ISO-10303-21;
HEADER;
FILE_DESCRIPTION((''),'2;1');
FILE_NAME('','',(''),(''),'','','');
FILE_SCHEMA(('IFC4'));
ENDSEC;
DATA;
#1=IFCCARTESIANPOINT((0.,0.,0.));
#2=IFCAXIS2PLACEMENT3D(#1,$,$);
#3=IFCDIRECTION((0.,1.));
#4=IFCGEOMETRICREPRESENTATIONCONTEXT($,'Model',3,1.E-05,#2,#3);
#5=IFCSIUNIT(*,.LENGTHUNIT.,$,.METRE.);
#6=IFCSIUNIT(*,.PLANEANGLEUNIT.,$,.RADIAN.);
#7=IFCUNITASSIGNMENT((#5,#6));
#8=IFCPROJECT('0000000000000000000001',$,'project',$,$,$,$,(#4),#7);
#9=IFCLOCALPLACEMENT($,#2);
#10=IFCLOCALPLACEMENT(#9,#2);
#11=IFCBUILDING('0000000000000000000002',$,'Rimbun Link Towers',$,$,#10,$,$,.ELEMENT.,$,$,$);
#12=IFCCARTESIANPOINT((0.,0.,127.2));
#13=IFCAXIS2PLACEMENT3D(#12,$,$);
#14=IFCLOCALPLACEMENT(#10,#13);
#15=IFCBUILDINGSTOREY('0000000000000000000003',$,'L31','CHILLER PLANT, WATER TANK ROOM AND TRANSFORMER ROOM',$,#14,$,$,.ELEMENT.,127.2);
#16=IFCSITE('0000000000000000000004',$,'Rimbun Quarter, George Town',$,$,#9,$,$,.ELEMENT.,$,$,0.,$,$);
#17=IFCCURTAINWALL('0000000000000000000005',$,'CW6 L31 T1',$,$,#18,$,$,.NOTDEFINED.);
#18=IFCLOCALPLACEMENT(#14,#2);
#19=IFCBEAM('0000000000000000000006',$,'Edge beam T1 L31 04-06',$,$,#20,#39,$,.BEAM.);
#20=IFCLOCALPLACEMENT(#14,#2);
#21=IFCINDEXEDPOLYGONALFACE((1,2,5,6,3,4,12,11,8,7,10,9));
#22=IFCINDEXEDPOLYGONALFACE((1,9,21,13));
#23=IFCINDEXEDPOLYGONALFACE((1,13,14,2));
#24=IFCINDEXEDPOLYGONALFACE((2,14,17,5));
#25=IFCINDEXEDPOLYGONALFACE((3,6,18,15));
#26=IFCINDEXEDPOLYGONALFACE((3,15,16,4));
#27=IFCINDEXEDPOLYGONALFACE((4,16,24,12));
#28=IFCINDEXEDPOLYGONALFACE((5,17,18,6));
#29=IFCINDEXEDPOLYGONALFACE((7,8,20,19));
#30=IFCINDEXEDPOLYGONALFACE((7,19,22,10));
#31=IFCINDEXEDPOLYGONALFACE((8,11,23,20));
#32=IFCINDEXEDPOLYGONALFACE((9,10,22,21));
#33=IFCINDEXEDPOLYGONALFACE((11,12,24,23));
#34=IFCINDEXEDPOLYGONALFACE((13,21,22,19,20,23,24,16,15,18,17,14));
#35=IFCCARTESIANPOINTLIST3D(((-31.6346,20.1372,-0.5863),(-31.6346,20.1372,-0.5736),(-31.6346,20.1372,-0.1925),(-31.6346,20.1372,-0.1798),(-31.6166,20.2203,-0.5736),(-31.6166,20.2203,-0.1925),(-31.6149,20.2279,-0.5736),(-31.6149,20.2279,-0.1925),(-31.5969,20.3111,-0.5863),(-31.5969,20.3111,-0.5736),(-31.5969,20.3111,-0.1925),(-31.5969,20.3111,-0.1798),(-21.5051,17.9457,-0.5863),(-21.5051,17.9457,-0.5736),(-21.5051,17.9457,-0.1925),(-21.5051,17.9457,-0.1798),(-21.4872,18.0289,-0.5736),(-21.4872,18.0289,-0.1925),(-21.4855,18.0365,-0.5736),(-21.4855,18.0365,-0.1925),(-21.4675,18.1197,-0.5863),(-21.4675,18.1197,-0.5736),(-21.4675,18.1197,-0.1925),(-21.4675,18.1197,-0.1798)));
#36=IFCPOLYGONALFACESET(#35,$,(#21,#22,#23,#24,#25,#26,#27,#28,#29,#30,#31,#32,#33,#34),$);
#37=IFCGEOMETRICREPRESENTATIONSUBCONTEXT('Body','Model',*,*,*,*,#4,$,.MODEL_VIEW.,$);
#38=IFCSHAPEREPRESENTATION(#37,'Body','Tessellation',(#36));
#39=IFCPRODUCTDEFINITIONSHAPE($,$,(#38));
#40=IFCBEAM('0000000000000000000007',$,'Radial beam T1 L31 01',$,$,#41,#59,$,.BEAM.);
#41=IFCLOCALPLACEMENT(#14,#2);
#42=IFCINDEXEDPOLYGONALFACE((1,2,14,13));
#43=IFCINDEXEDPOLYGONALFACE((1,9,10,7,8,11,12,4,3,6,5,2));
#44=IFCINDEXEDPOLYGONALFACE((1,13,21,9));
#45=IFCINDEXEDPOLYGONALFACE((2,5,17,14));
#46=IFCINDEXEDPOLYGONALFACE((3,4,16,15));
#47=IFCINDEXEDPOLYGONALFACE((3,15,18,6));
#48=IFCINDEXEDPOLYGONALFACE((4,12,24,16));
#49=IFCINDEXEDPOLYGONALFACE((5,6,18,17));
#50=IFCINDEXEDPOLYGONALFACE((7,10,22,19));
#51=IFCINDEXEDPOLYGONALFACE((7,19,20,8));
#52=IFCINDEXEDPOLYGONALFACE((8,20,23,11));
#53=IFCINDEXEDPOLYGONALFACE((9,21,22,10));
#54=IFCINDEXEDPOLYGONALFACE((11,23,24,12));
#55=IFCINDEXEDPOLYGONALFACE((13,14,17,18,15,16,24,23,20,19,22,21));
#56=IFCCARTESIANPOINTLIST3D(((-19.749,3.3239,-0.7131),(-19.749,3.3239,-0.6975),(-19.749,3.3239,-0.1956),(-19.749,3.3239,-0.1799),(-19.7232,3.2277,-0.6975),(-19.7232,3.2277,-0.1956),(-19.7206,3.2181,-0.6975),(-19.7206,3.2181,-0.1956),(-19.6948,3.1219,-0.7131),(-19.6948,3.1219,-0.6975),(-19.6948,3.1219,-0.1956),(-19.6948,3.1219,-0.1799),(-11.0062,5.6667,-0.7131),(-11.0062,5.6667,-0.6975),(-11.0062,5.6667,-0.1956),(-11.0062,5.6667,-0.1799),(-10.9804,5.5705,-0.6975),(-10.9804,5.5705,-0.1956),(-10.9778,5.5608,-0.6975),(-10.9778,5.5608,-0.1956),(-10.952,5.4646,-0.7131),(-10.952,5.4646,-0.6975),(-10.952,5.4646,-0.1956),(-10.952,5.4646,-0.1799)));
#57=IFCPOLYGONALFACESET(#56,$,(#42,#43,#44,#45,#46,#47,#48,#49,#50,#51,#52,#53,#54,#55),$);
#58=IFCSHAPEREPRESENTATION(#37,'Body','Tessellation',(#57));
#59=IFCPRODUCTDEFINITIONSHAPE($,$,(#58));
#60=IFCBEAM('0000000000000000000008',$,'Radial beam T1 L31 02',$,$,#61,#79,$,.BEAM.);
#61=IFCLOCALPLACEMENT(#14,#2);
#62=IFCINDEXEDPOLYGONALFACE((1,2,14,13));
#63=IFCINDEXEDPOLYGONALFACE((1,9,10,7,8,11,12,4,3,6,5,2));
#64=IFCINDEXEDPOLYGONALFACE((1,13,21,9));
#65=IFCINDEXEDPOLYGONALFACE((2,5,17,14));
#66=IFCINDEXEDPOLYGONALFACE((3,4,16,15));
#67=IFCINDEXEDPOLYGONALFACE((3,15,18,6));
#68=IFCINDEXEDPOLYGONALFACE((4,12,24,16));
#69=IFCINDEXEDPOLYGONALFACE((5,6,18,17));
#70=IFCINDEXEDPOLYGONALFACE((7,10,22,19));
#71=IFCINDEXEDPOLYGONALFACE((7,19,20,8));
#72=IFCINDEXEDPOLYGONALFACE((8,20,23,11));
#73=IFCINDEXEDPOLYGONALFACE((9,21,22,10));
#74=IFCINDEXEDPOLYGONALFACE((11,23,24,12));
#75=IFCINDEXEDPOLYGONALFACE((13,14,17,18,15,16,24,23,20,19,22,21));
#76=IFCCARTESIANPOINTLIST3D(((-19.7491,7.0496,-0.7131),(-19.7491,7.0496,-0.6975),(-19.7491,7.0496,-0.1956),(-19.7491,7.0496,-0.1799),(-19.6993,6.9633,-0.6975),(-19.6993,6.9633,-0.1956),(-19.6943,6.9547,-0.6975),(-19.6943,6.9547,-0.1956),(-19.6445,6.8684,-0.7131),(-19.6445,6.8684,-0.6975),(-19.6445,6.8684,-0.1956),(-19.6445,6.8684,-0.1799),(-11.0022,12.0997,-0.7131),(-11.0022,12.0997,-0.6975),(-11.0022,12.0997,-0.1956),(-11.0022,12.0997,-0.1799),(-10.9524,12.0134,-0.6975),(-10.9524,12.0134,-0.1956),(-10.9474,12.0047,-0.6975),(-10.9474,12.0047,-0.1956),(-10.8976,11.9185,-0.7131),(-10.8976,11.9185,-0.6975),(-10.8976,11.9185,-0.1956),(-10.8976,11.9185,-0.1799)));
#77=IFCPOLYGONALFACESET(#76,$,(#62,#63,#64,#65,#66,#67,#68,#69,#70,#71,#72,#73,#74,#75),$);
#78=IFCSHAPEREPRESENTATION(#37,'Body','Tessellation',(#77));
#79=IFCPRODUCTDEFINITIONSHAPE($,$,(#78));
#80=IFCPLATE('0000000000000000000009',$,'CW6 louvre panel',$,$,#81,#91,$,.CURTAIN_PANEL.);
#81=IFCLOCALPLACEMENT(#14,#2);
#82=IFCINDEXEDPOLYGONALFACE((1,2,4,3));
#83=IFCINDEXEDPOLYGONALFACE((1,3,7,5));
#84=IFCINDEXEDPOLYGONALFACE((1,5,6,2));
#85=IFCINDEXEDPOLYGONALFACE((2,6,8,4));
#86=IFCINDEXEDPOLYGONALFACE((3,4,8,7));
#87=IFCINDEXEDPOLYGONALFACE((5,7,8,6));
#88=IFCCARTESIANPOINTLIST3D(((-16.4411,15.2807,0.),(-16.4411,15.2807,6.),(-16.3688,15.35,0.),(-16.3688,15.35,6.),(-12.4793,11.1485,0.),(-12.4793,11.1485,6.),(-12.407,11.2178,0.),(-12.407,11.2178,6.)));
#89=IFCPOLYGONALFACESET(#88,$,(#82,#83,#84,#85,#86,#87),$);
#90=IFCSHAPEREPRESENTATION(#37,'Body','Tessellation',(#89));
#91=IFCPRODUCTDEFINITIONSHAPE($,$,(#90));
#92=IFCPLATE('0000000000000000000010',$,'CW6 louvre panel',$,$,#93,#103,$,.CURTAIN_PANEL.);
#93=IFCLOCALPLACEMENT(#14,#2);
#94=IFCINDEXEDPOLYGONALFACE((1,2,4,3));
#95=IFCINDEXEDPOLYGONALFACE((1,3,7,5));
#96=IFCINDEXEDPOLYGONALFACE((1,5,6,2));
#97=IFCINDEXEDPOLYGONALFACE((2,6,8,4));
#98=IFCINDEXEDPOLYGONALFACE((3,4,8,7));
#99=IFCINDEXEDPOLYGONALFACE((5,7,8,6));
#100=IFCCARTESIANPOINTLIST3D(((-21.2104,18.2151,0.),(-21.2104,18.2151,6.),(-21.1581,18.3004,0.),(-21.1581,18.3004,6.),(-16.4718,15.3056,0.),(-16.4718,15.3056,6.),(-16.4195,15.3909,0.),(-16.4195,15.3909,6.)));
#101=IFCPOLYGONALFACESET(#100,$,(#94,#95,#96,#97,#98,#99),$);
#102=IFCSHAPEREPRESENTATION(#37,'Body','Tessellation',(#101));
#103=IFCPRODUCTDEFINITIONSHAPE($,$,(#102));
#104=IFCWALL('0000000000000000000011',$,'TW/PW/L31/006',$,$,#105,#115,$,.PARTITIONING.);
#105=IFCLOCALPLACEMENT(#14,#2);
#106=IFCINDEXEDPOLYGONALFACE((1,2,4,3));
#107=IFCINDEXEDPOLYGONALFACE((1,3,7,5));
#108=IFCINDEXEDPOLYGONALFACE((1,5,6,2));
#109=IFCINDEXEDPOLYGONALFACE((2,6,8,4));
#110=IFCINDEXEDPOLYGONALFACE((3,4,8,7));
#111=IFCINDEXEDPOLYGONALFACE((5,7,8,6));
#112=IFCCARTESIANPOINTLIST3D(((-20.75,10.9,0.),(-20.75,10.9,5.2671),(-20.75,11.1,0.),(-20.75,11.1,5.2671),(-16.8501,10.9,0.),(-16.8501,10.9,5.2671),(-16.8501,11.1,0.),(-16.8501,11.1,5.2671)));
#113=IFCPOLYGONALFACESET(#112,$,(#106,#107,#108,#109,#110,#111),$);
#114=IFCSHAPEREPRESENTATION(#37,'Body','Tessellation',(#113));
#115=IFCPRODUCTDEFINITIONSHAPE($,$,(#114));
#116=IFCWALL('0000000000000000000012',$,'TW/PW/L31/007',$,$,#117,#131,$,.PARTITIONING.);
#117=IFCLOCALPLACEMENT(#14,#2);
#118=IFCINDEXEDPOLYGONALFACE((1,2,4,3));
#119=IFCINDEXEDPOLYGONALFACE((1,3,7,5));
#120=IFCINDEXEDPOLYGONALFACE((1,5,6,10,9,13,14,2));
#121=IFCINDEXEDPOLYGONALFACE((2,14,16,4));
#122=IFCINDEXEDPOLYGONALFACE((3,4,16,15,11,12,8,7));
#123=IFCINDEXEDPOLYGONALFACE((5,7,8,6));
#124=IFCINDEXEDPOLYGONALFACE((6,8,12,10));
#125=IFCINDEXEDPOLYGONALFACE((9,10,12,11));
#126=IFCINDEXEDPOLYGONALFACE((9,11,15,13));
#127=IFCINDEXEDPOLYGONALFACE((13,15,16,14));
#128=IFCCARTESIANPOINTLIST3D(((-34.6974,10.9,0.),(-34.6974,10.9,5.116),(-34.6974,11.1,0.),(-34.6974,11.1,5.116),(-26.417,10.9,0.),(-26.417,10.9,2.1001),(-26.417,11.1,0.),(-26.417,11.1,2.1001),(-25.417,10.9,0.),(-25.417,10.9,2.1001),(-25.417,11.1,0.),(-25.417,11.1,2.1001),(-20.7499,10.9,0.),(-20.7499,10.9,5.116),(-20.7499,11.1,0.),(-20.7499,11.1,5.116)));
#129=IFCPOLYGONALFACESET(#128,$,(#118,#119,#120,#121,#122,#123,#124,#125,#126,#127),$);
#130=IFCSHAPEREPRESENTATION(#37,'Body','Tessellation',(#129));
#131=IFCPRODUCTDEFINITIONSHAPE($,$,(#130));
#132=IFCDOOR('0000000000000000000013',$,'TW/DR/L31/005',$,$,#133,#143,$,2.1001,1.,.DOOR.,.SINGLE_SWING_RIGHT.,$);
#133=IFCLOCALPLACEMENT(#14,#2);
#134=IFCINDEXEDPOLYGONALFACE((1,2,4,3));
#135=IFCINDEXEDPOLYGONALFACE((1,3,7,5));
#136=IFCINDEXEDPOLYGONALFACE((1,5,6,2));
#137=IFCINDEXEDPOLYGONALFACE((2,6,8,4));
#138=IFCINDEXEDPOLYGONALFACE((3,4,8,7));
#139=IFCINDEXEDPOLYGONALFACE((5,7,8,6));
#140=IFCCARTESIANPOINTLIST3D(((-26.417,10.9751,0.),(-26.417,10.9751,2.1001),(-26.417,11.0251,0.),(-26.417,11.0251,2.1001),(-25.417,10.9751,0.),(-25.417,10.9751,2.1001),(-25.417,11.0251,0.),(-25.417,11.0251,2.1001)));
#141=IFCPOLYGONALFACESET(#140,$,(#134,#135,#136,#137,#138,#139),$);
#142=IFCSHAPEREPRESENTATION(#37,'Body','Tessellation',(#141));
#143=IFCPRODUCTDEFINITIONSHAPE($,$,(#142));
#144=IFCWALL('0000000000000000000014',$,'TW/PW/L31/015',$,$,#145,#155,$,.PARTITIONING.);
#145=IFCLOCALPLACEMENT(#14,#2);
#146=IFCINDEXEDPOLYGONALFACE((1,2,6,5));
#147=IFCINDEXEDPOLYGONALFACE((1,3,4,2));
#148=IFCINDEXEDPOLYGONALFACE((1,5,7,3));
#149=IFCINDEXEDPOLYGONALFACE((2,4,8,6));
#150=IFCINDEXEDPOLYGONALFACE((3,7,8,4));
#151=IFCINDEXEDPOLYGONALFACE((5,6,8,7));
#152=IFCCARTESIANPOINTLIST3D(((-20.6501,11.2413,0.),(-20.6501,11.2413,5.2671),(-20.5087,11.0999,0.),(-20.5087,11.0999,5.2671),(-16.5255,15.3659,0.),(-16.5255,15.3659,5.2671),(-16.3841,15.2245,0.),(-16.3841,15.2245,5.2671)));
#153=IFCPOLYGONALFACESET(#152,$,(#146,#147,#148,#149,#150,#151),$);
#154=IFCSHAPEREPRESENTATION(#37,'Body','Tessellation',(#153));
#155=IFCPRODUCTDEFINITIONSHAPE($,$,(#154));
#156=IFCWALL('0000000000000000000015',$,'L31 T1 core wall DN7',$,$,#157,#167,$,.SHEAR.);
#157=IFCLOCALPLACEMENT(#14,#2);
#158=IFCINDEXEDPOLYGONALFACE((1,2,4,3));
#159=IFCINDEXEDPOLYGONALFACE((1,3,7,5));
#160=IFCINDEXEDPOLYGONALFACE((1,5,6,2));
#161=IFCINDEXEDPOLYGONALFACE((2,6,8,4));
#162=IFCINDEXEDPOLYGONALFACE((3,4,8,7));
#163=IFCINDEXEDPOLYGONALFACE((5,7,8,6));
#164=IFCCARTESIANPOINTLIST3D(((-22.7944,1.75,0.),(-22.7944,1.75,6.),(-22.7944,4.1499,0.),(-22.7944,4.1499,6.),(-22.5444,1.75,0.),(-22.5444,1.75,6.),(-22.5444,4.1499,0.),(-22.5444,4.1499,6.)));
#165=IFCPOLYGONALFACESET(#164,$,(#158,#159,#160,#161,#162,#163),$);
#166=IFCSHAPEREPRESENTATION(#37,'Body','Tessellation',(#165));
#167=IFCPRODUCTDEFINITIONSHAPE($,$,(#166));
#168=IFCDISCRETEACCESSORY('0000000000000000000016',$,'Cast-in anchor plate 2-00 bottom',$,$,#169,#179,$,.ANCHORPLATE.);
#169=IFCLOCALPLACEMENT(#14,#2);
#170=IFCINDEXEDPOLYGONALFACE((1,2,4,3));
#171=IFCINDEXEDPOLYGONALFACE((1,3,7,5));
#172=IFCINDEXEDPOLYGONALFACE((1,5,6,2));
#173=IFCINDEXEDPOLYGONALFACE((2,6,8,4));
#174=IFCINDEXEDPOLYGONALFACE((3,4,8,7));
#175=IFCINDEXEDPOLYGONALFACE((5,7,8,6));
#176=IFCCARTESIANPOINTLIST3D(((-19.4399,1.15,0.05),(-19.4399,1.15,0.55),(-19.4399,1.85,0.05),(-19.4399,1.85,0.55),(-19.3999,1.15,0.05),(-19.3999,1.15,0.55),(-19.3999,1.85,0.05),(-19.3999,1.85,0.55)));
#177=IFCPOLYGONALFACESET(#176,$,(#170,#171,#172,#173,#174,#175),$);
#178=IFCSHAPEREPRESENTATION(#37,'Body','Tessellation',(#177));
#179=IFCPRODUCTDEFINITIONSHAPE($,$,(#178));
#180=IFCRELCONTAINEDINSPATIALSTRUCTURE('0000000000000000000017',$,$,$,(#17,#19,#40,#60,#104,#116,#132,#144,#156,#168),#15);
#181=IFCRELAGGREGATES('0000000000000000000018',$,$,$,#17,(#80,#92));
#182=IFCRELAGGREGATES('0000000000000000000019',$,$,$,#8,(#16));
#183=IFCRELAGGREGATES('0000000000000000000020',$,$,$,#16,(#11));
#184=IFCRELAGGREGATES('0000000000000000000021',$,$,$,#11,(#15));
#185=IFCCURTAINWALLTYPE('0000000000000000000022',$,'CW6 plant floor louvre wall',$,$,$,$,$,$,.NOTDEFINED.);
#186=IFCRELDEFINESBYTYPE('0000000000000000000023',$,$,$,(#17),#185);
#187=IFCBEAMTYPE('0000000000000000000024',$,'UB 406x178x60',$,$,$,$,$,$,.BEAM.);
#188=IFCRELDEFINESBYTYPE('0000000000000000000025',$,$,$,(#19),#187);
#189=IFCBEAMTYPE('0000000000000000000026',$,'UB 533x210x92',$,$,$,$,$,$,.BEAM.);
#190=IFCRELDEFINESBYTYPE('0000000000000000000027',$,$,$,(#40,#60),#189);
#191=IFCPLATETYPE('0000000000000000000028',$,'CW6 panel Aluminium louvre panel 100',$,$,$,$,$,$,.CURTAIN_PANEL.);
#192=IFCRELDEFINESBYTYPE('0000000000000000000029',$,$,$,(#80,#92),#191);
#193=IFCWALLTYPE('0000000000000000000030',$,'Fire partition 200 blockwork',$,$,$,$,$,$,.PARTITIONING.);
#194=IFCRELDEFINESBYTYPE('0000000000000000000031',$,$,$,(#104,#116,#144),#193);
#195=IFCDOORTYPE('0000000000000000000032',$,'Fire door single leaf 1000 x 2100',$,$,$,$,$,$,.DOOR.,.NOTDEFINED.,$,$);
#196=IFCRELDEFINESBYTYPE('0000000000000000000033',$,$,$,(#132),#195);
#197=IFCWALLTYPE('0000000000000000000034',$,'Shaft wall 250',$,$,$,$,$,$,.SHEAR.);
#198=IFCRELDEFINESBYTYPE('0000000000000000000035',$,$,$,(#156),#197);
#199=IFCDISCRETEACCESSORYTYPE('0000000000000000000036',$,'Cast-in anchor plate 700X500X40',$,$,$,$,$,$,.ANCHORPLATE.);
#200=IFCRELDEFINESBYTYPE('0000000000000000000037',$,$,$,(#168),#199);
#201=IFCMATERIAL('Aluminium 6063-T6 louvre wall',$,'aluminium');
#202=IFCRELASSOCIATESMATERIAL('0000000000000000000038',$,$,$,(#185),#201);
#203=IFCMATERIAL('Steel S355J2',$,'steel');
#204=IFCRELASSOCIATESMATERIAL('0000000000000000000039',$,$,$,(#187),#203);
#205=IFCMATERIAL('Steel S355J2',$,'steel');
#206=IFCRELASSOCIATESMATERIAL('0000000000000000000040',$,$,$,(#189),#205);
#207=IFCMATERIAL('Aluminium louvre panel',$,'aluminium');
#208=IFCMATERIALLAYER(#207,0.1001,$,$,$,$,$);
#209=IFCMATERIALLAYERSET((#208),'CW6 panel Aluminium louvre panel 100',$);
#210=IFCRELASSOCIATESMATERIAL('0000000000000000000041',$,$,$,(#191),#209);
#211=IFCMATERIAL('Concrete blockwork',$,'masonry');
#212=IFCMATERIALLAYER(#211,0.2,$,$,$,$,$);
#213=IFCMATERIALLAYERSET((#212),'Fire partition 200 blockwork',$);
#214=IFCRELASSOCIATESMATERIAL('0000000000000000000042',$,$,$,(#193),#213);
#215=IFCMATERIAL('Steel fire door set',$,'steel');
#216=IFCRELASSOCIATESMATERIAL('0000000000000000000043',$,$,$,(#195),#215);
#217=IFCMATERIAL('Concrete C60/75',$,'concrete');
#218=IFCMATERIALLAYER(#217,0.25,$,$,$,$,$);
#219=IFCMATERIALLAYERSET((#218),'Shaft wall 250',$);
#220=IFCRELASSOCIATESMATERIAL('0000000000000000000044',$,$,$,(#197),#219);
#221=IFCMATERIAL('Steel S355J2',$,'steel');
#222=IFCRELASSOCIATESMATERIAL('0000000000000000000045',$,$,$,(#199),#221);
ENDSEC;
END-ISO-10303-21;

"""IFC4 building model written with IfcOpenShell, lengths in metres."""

from ifc_helpers import new_model, si_unit, direction, frame, frame_2d, origin, origin_2d, place, context, subcontext, project, spatial, rectangle, i_section, extrude, material, layer, layer_set, material_profile, profile_set, type_object, element, fill, aggregate, save


model = new_model("IFC4")

# Units and contexts
model_context = context("Model", 3, precision=1e-05, world=origin(), true_north=direction((0.0, 1.0)))
body_context = subcontext(model_context, "Body", "Model", "MODEL_VIEW")
ifc_project = project(units=[si_unit("LENGTHUNIT", "METRE"), si_unit("PLANEANGLEUNIT", "RADIAN")], contexts=[model_context])

# Site, building, storey
site_placement = place(None, origin())
site = spatial("IfcSite", under=ifc_project, at=site_placement, Name="Rimbun Quarter, George Town", CompositionType="ELEMENT", RefElevation=0.0)
building_placement = place(site_placement, origin())
building = spatial("IfcBuilding", under=site, at=building_placement, Name="Rimbun Link Towers", CompositionType="ELEMENT")
storey_placement = place(building_placement, frame((0.0, 0.0, 127.2)))
storey = spatial("IfcBuildingStorey", under=building, at=storey_placement, Name="L31", Description="CHILLER PLANT, WATER TANK ROOM AND TRANSFORMER ROOM", CompositionType="ELEMENT", Elevation=127.2)

# Curtain wall
ifc_material_1 = material(Name="Aluminium 6063-T6 louvre wall", Category="aluminium")
curtain_wall_type = type_object("IfcCurtainWallType", Name="CW6 plant floor louvre wall", PredefinedType="NOTDEFINED", material=ifc_material_1)
curtain_wall_placement = place(storey_placement, origin())
curtain_wall = element("IfcCurtainWall", 1, at=curtain_wall_placement, inside=storey, type_object=curtain_wall_type, Name="CW6 L31 T1", PredefinedType="NOTDEFINED")

# Beams
ifc_material_2 = material(Name="Steel S355J2", Category="steel")
ifc_material_profile_1 = material_profile(ifc_material_2, i_section(OverallWidth=0.178, OverallDepth=0.4065, WebThickness=0.0078, FlangeThickness=0.0127, at=origin_2d()), Name="UB 406x178x60")
ifc_profile_set_1 = profile_set([ifc_material_profile_1], Name="Steel S355J2")
beam_type_1 = type_object("IfcBeamType", Name="UB 406x178x60", PredefinedType="BEAM", material=ifc_profile_set_1)
beam_1_placement = place(storey_placement, frame((-21.4863, 18.0327, -0.3831), z_axis=(-0.977389, 0.21145, 0.0), x_axis=(-0.21145, -0.977389, 0.0)))
element("IfcBeam", 2, at=beam_1_placement, inside=storey, type_object=beam_type_1, Name="Edge beam T1 L31 04-06", PredefinedType="BEAM", context=body_context, shape_type="SweptSolid", body=[
    extrude(i_section(OverallWidth=0.178, OverallDepth=0.4065, WebThickness=0.0078, FlangeThickness=0.0127, at=origin_2d()), origin(), (0.0, 0.0, 1.0), 10.3638),
])
ifc_material_3 = material(Name="Steel S355J2", Category="steel")
ifc_material_profile_2 = material_profile(ifc_material_3, i_section(OverallWidth=0.2092, OverallDepth=0.5332, WebThickness=0.01, FlangeThickness=0.0156, at=origin_2d()), Name="UB 533x210x92")
ifc_profile_set_2 = profile_set([ifc_material_profile_2], Name="Steel S355J2")
beam_type_2 = type_object("IfcBeamType", Name="UB 533x210x92", PredefinedType="BEAM", material=ifc_profile_set_2)
beam_2_placement = place(storey_placement, frame((-19.7219, 3.2229, -0.4465), z_axis=(0.965923, 0.258831, 0.0), x_axis=(-0.258831, 0.965923, 0.0)))
element("IfcBeam", 3, at=beam_2_placement, inside=storey, type_object=beam_type_2, Name="Radial beam T1 L31 01", PredefinedType="BEAM", context=body_context, shape_type="SweptSolid", body=[
    extrude(i_section(OverallWidth=0.2092, OverallDepth=0.5332, WebThickness=0.01, FlangeThickness=0.0156, at=origin_2d()), origin(), (0.0, 0.0, 1.0), 9.0513),
])
beam_3_placement = place(storey_placement, frame((-19.6968, 6.959, -0.4465), z_axis=(0.866023, 0.500005, 0.0), x_axis=(-0.500005, 0.866023, 0.0)))
element("IfcBeam", 4, at=beam_3_placement, inside=storey, type_object=beam_type_2, Name="Radial beam T1 L31 02", PredefinedType="BEAM", context=body_context, shape_type="SweptSolid", body=[
    extrude(i_section(OverallWidth=0.2092, OverallDepth=0.5332, WebThickness=0.01, FlangeThickness=0.0156, at=origin_2d()), origin(), (0.0, 0.0, 1.0), 10.1001),
])

# Plates
ifc_material_4 = material(Name="Aluminium louvre panel", Category="aluminium")
ifc_layer_1 = layer(ifc_material_4, 0.1001)
ifc_layer_set_1 = layer_set([ifc_layer_1], Name="CW6 panel Aluminium louvre panel 100")
plate_type = type_object("IfcPlateType", Name="CW6 panel Aluminium louvre panel 100", PredefinedType="CURTAIN_PANEL", material=ifc_layer_set_1)
plate_1_placement = place(storey_placement, frame((-14.4241, 13.2493, 0.0), z_axis=(0.0, 0.0, 1.0), x_axis=(0.692066, -0.721834, 0.0)))
plate_1 = element("IfcPlate", 5, at=plate_1_placement, type_object=plate_type, Name="CW6 louvre panel", PredefinedType="CURTAIN_PANEL", context=body_context, shape_type="SweptSolid", body=[
    extrude(rectangle(XDim=5.7246, YDim=0.1001, at=origin_2d()), origin(), (0.0, 0.0, 1.0), 6.0),
])
plate_2_placement = place(storey_placement, frame((-18.8149, 16.803, 0.0), z_axis=(0.0, 0.0, 1.0), x_axis=(0.852183, -0.523244, 0.0)))
plate_2 = element("IfcPlate", 6, at=plate_2_placement, type_object=plate_type, Name="CW6 louvre panel", PredefinedType="CURTAIN_PANEL", context=body_context, shape_type="SweptSolid", body=[
    extrude(rectangle(XDim=5.5605, YDim=0.1001, at=origin_2d()), origin(), (0.0, 0.0, 1.0), 6.0),
])
aggregate(curtain_wall, [plate_1, plate_2])

# Wall
ifc_material_5 = material(Name="Concrete blockwork", Category="masonry")
ifc_layer_2 = layer(ifc_material_5, 0.2)
ifc_layer_set_2 = layer_set([ifc_layer_2], Name="Fire partition 200 blockwork")
wall_type_1 = type_object("IfcWallType", Name="Fire partition 200 blockwork", PredefinedType="PARTITIONING", material=ifc_layer_set_2)
wall_1_placement = place(storey_placement, frame((-16.8501, 11.0, 0.0), z_axis=(0.0, 0.0, 1.0), x_axis=(-1.0, 0.0, 0.0)))
element("IfcWall", 7, at=wall_1_placement, inside=storey, type_object=wall_type_1, Name="TW/PW/L31/006", PredefinedType="PARTITIONING", context=body_context, shape_type="SweptSolid", body=[
    extrude(rectangle(XDim=3.8999, YDim=0.2, at=frame_2d((1.95, 0.0))), origin(), (0.0, 0.0, 1.0), 5.2671),
])

# Wall, opening, door
wall_2_placement = place(storey_placement, frame((-20.75, 11.0, 0.0), z_axis=(0.0, 0.0, 1.0), x_axis=(-1.0, 0.0, 0.0)))
wall_2 = element("IfcWall", 8, at=wall_2_placement, inside=storey, type_object=wall_type_1, Name="TW/PW/L31/007", PredefinedType="PARTITIONING", context=body_context, shape_type="SweptSolid", body=[
    extrude(rectangle(XDim=13.9475, YDim=0.2, at=frame_2d((6.9736, 0.0))), origin(), (0.0, 0.0, 1.0), 5.116),
])
opening_placement = place(wall_2_placement, frame((4.667, 0.0, 0.0)))
opening = element("IfcOpeningElement", 9, at=opening_placement, cuts=wall_2, PredefinedType="OPENING", context=body_context, shape_type="SweptSolid", body=[
    extrude(rectangle(XDim=1.0, YDim=2.1001, at=frame_2d((0.5, 1.05))), frame((0.0, 0.1099, 0.0), z_axis=(0.0, -1.0, 0.0), x_axis=(1.0, 0.0, 0.0)), (0.0, 0.0, 1.0), 0.22),
])
ifc_material_6 = material(Name="Steel fire door set", Category="steel")
door_type = type_object("IfcDoorType", Name="Fire door single leaf 1000 x 2100", OperationType="NOTDEFINED", PredefinedType="DOOR", material=ifc_material_6)
door_placement = place(opening_placement, origin())
door = element("IfcDoor", 10, at=door_placement, inside=storey, type_object=door_type, Name="TW/DR/L31/005", OperationType="SINGLE_SWING_RIGHT", OverallHeight=2.1001, OverallWidth=1.0, PredefinedType="DOOR", context=body_context, shape_type="SweptSolid", body=[
    extrude(rectangle(XDim=1.0, YDim=2.1001, at=frame_2d((0.5, 1.05))), frame((0.0, 0.0249, 0.0), z_axis=(0.0, -1.0, 0.0), x_axis=(1.0, 0.0, 0.0)), (0.0, 0.0, 1.0), 0.05),
])
fill(opening, door)

# Walls
wall_3_placement = place(storey_placement, frame((-16.4548, 15.2952, 0.0), z_axis=(0.0, 0.0, 1.0), x_axis=(-0.707107, -0.707107, 0.0)))
element("IfcWall", 11, at=wall_3_placement, inside=storey, type_object=wall_type_1, Name="TW/PW/L31/015", PredefinedType="PARTITIONING", context=body_context, shape_type="SweptSolid", body=[
    extrude(rectangle(XDim=5.833, YDim=0.2, at=frame_2d((2.9165, 0.0))), origin(), (0.0, 0.0, 1.0), 5.2671),
])
ifc_material_7 = material(Name="Concrete C60/75", Category="concrete")
ifc_layer_3 = layer(ifc_material_7, 0.25)
ifc_layer_set_3 = layer_set([ifc_layer_3], Name="Shaft wall 250")
wall_type_2 = type_object("IfcWallType", Name="Shaft wall 250", PredefinedType="SHEAR", material=ifc_layer_set_3)
wall_4_placement = place(storey_placement, frame((-22.6694, 1.75, 0.0), z_axis=(0.0, 0.0, 1.0), x_axis=(0.0, 1.0, 0.0)))
element("IfcWall", 12, at=wall_4_placement, inside=storey, type_object=wall_type_2, Name="L31 T1 core wall DN7", PredefinedType="SHEAR", context=body_context, shape_type="SweptSolid", body=[
    extrude(rectangle(XDim=2.3999, YDim=0.25, at=frame_2d((1.2, 0.0))), origin(), (0.0, 0.0, 1.0), 6.0),
])

# Discrete accessory
ifc_material_8 = material(Name="Steel S355J2", Category="steel")
ifc_material_profile_3 = material_profile(ifc_material_8, rectangle(XDim=0.7, YDim=0.5, at=origin_2d()), Name="PL 700x500")
ifc_profile_set_3 = profile_set([ifc_material_profile_3], Name="Steel S355J2")
discrete_accessory_type = type_object("IfcDiscreteAccessoryType", Name="Cast-in anchor plate 700X500X40", PredefinedType="ANCHORPLATE", material=ifc_profile_set_3)
for number, where, z_axis, x_axis, name in (
    (13, (-19.4399, 1.5, 0.3), (1.0, 0.0, 0.0), (0.0, 1.0, 0.0), "Cast-in anchor plate 2-00 bottom"),
):
    element("IfcDiscreteAccessory", number, at=place(storey_placement, frame(where, z_axis=z_axis, x_axis=x_axis)), inside=storey, type_object=discrete_accessory_type, Name=name, PredefinedType="ANCHORPLATE", context=body_context, shape_type="SweptSolid", body=[
        extrude(rectangle(XDim=0.7, YDim=0.5, at=origin_2d()), origin(), (0.0, 0.0, 1.0), 0.04),
    ])

save(model, "model.ifc")
